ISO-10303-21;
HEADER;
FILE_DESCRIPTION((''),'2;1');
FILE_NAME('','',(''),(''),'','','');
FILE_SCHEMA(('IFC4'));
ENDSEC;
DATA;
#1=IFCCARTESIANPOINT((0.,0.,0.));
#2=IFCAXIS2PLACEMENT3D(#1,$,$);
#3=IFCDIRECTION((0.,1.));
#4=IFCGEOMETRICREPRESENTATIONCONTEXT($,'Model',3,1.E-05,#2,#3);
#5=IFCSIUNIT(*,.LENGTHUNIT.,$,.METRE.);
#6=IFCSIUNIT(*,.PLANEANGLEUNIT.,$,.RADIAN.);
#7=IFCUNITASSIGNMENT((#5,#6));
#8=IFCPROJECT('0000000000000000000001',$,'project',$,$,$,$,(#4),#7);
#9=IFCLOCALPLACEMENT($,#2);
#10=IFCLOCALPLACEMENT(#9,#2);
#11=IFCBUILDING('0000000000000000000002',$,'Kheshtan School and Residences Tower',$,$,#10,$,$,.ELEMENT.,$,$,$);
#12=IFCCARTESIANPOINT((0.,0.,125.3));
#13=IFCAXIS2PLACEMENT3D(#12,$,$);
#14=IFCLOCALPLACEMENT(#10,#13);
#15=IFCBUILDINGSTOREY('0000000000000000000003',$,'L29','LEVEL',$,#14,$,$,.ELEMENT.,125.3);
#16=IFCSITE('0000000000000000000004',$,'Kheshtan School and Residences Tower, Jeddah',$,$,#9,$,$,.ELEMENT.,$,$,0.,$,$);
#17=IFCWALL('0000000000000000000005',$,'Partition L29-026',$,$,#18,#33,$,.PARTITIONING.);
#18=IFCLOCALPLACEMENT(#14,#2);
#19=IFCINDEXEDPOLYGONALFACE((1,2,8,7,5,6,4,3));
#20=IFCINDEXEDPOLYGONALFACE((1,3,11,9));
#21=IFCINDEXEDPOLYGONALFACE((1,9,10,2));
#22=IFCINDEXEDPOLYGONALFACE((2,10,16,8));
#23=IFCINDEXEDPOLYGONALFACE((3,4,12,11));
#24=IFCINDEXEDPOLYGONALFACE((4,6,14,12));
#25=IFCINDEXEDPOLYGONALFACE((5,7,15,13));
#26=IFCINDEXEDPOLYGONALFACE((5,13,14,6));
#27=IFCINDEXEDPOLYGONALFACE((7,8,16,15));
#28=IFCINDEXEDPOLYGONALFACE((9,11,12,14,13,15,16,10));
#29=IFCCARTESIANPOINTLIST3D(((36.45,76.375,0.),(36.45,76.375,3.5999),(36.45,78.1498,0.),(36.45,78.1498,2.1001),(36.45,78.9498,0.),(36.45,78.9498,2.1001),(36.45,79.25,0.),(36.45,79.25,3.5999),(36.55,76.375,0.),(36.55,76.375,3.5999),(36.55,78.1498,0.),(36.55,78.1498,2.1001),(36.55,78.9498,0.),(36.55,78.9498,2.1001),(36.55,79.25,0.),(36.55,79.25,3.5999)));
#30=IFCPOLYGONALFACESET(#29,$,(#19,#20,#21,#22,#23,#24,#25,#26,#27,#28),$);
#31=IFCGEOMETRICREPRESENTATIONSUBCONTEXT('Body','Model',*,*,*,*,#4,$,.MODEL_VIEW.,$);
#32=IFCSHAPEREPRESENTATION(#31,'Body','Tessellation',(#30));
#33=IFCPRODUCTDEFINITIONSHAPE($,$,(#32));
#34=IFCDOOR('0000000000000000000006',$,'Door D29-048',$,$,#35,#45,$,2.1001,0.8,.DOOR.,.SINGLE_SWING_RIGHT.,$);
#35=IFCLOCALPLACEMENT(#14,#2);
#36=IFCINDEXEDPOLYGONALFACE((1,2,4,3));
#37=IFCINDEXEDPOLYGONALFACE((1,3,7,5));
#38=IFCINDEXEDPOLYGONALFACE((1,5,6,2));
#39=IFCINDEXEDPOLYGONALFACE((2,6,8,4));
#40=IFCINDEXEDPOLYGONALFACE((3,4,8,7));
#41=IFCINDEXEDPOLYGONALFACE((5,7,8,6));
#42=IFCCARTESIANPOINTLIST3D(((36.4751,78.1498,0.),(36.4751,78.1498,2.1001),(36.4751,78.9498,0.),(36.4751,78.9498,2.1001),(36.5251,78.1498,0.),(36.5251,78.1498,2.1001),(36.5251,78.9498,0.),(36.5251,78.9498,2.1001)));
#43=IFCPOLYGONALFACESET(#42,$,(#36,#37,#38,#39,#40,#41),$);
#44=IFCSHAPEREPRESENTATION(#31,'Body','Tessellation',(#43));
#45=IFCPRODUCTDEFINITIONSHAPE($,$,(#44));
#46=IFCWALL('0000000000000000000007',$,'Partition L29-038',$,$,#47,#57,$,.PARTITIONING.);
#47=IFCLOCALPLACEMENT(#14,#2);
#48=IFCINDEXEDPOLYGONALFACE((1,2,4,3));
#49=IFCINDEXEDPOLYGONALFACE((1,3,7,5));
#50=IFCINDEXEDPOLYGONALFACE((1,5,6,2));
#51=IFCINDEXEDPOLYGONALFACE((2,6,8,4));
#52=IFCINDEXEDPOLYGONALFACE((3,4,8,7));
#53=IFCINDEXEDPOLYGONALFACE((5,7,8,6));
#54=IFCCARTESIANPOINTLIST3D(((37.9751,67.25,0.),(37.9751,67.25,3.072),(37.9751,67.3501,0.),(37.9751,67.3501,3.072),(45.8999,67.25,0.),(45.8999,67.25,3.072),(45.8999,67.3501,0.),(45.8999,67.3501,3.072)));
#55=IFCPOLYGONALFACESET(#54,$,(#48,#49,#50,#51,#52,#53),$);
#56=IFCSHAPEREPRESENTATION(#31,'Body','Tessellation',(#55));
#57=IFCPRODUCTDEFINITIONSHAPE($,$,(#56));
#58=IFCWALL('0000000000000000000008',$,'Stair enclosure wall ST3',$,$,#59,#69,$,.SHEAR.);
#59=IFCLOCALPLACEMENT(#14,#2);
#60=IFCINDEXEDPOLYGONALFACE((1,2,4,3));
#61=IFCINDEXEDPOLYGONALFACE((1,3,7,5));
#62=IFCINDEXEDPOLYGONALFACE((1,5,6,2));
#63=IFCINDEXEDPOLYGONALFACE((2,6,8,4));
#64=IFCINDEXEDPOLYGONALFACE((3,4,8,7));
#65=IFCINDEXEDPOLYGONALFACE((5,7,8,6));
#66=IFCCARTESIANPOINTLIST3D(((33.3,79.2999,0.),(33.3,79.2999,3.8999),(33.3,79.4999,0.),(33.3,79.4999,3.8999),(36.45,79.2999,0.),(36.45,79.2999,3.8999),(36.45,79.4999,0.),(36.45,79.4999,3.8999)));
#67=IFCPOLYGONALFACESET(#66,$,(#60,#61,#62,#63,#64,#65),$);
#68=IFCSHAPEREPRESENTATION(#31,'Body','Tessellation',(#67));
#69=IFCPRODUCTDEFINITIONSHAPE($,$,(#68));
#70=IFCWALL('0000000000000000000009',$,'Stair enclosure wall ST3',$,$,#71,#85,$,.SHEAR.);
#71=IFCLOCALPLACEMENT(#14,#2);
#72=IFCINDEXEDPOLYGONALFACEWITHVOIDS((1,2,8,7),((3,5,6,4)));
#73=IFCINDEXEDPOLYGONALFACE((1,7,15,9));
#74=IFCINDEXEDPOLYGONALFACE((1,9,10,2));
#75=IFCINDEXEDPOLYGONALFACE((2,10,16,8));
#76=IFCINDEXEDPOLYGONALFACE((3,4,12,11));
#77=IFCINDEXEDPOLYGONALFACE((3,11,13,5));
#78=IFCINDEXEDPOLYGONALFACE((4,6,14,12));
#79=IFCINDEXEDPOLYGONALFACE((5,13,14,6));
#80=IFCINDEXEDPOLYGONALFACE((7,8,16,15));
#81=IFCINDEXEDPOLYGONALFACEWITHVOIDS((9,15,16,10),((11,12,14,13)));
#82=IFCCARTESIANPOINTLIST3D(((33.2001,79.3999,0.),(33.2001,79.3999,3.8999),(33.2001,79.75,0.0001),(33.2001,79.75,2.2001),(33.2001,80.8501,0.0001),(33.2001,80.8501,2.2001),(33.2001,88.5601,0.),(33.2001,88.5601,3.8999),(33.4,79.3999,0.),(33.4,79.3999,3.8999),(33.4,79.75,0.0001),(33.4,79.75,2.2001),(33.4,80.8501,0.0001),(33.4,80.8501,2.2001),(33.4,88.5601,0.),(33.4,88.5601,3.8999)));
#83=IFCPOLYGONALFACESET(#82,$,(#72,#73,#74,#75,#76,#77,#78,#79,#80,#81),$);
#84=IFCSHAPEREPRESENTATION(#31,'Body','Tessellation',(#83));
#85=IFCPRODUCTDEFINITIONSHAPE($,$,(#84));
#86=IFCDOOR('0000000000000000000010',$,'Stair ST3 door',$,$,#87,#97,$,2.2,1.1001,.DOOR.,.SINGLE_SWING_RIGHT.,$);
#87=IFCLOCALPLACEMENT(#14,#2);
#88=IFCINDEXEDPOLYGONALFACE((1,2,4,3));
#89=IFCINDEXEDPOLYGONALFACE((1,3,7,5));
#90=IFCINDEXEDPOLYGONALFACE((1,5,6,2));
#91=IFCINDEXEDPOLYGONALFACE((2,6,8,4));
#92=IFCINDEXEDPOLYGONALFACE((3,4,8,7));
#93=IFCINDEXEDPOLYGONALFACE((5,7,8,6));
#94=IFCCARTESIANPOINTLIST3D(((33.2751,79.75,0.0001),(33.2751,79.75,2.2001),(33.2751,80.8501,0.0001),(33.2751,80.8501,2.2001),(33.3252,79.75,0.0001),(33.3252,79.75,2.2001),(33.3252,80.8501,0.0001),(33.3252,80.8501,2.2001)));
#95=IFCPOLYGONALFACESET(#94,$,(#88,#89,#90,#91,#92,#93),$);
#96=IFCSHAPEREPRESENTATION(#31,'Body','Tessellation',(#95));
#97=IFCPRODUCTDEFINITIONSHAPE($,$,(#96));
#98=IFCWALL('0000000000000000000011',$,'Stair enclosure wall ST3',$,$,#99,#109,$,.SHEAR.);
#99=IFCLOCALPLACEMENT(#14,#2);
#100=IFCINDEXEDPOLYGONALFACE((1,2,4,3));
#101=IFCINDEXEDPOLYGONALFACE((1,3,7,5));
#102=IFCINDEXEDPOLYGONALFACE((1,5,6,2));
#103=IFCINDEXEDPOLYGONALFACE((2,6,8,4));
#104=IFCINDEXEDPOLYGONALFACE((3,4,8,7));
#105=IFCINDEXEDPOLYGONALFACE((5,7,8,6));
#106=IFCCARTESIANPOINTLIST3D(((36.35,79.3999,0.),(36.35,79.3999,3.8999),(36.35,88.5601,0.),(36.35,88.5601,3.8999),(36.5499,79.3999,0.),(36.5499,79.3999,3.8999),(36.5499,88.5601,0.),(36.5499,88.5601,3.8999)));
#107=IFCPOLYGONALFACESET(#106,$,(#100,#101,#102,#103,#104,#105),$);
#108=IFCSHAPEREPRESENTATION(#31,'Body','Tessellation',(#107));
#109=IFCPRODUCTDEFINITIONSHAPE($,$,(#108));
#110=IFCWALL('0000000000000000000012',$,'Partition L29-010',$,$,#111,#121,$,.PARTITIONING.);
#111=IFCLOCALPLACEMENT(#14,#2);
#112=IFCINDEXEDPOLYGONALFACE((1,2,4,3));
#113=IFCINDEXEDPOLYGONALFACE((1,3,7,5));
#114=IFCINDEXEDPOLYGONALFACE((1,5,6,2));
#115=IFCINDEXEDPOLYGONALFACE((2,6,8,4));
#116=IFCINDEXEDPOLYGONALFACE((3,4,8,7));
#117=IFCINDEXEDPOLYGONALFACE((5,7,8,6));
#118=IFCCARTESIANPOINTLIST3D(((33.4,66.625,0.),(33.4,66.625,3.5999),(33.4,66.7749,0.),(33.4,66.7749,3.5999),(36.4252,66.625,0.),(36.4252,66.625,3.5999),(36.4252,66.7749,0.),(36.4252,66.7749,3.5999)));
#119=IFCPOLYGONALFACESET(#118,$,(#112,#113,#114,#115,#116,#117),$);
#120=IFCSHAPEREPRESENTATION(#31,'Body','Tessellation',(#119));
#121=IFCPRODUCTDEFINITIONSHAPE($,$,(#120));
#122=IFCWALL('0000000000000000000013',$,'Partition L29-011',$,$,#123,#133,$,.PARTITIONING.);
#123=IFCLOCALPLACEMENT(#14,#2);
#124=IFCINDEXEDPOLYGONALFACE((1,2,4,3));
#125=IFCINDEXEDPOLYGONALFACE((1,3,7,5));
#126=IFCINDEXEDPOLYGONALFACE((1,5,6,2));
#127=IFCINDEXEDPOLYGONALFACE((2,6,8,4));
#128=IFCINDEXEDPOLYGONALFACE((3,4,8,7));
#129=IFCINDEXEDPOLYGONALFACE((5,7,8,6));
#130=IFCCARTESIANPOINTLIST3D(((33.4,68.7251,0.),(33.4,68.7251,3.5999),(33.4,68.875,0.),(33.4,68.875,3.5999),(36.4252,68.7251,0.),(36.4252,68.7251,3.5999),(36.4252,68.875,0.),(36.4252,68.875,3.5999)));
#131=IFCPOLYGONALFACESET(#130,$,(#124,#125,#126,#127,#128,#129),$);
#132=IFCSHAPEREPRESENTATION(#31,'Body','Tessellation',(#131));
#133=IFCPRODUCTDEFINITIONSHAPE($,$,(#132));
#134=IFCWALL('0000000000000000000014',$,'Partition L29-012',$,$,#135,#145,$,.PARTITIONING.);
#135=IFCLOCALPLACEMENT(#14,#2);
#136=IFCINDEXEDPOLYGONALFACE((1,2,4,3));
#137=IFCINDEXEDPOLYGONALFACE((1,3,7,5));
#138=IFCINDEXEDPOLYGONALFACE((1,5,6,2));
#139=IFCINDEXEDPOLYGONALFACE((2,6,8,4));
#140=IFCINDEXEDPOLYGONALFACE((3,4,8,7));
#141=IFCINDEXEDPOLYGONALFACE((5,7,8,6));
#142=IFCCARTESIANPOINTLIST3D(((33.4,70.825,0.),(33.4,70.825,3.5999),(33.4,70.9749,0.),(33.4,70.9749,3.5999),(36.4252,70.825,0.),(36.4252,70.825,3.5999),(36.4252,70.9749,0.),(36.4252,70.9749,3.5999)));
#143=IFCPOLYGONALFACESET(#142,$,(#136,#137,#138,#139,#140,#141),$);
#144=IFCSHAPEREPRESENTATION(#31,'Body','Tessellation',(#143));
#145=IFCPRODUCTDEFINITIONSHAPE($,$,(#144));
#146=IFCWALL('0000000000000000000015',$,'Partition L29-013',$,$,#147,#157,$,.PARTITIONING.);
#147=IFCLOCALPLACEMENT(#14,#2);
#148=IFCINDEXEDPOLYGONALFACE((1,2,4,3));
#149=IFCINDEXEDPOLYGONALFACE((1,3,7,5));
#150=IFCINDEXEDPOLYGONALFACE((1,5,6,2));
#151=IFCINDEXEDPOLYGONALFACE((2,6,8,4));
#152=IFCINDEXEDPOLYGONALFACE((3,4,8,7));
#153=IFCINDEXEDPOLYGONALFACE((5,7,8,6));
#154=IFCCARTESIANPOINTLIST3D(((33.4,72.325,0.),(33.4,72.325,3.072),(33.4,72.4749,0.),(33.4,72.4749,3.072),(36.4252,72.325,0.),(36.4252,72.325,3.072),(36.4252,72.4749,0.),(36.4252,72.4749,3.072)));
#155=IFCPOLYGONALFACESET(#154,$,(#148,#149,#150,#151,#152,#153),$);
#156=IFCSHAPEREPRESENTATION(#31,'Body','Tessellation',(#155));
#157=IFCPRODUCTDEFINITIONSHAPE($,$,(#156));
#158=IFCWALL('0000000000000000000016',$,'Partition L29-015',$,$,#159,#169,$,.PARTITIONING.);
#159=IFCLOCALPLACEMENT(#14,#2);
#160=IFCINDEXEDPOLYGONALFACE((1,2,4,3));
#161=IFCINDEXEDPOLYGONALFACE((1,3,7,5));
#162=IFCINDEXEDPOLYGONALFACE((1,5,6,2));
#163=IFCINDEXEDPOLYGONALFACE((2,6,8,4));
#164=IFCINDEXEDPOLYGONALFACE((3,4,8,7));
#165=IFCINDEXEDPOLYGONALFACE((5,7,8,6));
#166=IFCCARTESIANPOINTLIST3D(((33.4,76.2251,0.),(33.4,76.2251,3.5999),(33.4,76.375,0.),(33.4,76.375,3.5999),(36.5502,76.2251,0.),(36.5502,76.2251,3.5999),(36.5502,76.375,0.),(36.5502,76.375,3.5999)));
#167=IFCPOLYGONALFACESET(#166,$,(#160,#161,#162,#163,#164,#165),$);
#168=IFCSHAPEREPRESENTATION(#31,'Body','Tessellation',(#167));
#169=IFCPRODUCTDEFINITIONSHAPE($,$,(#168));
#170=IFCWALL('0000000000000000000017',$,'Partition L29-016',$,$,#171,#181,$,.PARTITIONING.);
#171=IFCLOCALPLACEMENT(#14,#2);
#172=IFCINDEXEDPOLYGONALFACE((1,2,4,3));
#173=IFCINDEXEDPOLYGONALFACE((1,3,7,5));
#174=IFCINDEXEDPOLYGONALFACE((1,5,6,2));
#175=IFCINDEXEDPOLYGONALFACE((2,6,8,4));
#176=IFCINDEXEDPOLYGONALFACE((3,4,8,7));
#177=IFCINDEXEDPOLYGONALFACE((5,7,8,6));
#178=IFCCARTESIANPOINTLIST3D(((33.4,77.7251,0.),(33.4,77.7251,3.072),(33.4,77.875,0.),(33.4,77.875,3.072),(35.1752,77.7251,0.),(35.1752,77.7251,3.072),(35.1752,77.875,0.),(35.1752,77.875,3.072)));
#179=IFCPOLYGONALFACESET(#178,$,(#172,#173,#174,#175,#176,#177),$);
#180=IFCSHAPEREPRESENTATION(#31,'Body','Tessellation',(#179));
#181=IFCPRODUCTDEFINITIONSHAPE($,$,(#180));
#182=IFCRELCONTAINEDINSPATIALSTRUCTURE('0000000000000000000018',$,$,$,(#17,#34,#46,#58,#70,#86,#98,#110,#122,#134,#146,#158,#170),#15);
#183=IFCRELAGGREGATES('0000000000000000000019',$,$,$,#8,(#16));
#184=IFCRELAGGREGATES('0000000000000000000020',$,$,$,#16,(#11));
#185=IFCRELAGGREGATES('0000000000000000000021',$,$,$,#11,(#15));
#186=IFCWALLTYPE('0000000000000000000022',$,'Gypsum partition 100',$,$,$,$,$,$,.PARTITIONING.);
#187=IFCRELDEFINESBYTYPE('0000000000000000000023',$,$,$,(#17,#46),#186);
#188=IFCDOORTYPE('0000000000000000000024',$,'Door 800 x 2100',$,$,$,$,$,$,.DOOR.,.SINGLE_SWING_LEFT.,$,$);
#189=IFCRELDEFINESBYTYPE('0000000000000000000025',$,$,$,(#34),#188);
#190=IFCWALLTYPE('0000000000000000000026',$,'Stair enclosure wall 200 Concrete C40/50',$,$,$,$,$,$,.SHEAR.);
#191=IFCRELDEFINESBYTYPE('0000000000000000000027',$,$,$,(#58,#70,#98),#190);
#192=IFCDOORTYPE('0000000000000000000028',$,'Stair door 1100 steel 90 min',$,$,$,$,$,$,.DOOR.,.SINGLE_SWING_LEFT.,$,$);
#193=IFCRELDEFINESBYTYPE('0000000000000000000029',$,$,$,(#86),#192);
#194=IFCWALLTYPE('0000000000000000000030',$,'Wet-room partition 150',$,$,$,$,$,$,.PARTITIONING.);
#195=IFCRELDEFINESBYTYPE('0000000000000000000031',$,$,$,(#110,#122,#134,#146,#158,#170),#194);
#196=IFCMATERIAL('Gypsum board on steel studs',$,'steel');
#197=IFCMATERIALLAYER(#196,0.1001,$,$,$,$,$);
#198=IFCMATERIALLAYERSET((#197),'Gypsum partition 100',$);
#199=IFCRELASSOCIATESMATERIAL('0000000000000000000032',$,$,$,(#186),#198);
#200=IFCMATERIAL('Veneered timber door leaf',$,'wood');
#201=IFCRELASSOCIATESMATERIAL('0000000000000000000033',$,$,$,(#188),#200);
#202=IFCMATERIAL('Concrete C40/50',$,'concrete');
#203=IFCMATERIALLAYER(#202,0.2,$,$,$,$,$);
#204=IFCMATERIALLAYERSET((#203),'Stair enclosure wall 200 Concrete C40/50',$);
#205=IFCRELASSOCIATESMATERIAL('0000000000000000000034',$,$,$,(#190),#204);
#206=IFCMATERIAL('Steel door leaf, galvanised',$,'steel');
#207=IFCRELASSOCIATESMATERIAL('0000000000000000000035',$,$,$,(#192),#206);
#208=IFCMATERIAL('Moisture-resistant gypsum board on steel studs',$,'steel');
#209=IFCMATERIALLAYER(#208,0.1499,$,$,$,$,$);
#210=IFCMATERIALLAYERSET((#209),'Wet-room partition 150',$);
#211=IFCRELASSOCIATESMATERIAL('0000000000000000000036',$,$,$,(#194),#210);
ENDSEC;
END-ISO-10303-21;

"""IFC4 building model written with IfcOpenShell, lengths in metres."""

from ifc_helpers import new_model, si_unit, direction, frame, frame_2d, origin, place, context, subcontext, project, spatial, rectangle, extrude, source, transform, mapped, material, layer, layer_set, type_object, element, fill, save


model = new_model("IFC4")

# Units and contexts
model_context = context("Model", 3, precision=1e-05, world=origin(), true_north=direction((0.0, 1.0)))
body_context = subcontext(model_context, "Body", "Model", "MODEL_VIEW")
ifc_project = project(units=[si_unit("LENGTHUNIT", "METRE"), si_unit("PLANEANGLEUNIT", "RADIAN")], contexts=[model_context])

# Site, building, storey
site_placement = place(None, origin())
site = spatial("IfcSite", under=ifc_project, at=site_placement, Name="Kheshtan School and Residences Tower, Jeddah", CompositionType="ELEMENT", RefElevation=0.0)
building_placement = place(site_placement, origin())
building = spatial("IfcBuilding", under=site, at=building_placement, Name="Kheshtan School and Residences Tower", CompositionType="ELEMENT")
storey_placement = place(building_placement, frame((0.0, 0.0, 125.3)))
storey = spatial("IfcBuildingStorey", under=building, at=storey_placement, Name="L29", Description="LEVEL", CompositionType="ELEMENT", Elevation=125.3)

# Shared definitions
ifc_material_1 = material(Name="Gypsum board on steel studs", Category="steel")
ifc_layer_1 = layer(ifc_material_1, 0.1001)
ifc_layer_set_1 = layer_set([ifc_layer_1], Name="Gypsum partition 100")
wall_type_1 = type_object("IfcWallType", Name="Gypsum partition 100", PredefinedType="PARTITIONING", material=ifc_layer_set_1)

# Wall, opening, door
ifc_material_2 = material(Name="Veneered timber door leaf", Category="wood")
wall_1_placement = place(storey_placement, frame((36.5, 76.375, 0.0), z_axis=(0.0, 0.0, 1.0), x_axis=(0.0, 1.0, 0.0)))
wall_1 = element("IfcWall", 1, at=wall_1_placement, inside=storey, type_object=wall_type_1, Name="Partition L29-026", PredefinedType="PARTITIONING", context=body_context, shape_type="SweptSolid", body=[
    extrude(rectangle(XDim=2.875, YDim=0.1001, at=frame_2d((1.4375, 0.0))), origin(), (0.0, 0.0, 1.0), 3.5999),
])
opening_1_placement = place(wall_1_placement, frame((1.7749, 0.0, 0.0)))
opening_1 = element("IfcOpeningElement", 2, at=opening_1_placement, cuts=wall_1, PredefinedType="OPENING", context=body_context, shape_type="SweptSolid", body=[
    extrude(rectangle(XDim=0.8, YDim=2.1001, at=frame_2d((0.3999, 1.05))), frame((0.0, 0.0601, 0.0), z_axis=(0.0, -1.0, 0.0), x_axis=(1.0, 0.0, 0.0)), (0.0, 0.0, 1.0), 0.1201),
])
door_type_1 = type_object("IfcDoorType", Name="Door 800 x 2100", OperationType="SINGLE_SWING_LEFT", PredefinedType="DOOR", material=ifc_material_2)
shared_shape_1 = source(origin(), body_context, "Body", "SweptSolid", [
    extrude(rectangle(XDim=0.8, YDim=2.1001, at=frame_2d((0.3999, 1.05))), frame((0.0, 0.0249, 0.0), z_axis=(0.0, -1.0, 0.0), x_axis=(1.0, 0.0, 0.0)), (0.0, 0.0, 1.0), 0.05),
])
door_1_placement = place(opening_1_placement, origin())
door_1 = element("IfcDoor", 3, at=door_1_placement, inside=storey, type_object=door_type_1, Name="Door D29-048", OperationType="SINGLE_SWING_RIGHT", OverallHeight=2.1001, OverallWidth=0.8, PredefinedType="DOOR", context=body_context, shape_type="MappedRepresentation", body=[
    mapped(shared_shape_1, transform((0.0, 0.0, 0.0), x_axis=(1.0, 0.0, 0.0), y_axis=(0.0, 1.0, 0.0), z_axis=(0.0, 0.0, 1.0), scale=1.0)),
])
fill(opening_1, door_1)

# Walls
wall_2_placement = place(storey_placement, frame((37.9751, 67.3, 0.0), z_axis=(0.0, 0.0, 1.0), x_axis=(1.0, 0.0, 0.0)))
element("IfcWall", 4, at=wall_2_placement, inside=storey, type_object=wall_type_1, Name="Partition L29-038", PredefinedType="PARTITIONING", context=body_context, shape_type="SweptSolid", body=[
    extrude(rectangle(XDim=7.9248, YDim=0.1001, at=frame_2d((3.9624, 0.0))), origin(), (0.0, 0.0, 1.0), 3.072),
])
ifc_material_3 = material(Name="Concrete C40/50", Category="concrete")
ifc_layer_2 = layer(ifc_material_3, 0.2)
ifc_layer_set_2 = layer_set([ifc_layer_2], Name="Stair enclosure wall 200 Concrete C40/50")
wall_type_2 = type_object("IfcWallType", Name="Stair enclosure wall 200 Concrete C40/50", PredefinedType="SHEAR", material=ifc_layer_set_2)
wall_3_placement = place(storey_placement, frame((33.3, 79.3999, 0.0), z_axis=(0.0, 0.0, 1.0), x_axis=(1.0, 0.0, 0.0)))
element("IfcWall", 5, at=wall_3_placement, inside=storey, type_object=wall_type_2, Name="Stair enclosure wall ST3", PredefinedType="SHEAR", context=body_context, shape_type="SweptSolid", body=[
    extrude(rectangle(XDim=3.1499, YDim=0.2, at=frame_2d((1.575, 0.0))), origin(), (0.0, 0.0, 1.0), 3.8999),
])

# Wall, opening, door
wall_4_placement = place(storey_placement, frame((33.3, 79.3999, 0.0), z_axis=(0.0, 0.0, 1.0), x_axis=(0.0, 1.0, 0.0)))
wall_4 = element("IfcWall", 6, at=wall_4_placement, inside=storey, type_object=wall_type_2, Name="Stair enclosure wall ST3", PredefinedType="SHEAR", context=body_context, shape_type="SweptSolid", body=[
    extrude(rectangle(XDim=9.1602, YDim=0.2, at=frame_2d((4.5801, 0.0))), origin(), (0.0, 0.0, 1.0), 3.8999),
])
opening_2_placement = place(wall_4_placement, frame((0.3501, 0.0, 0.0)))
opening_2 = element("IfcOpeningElement", 7, at=opening_2_placement, cuts=wall_4, PredefinedType="OPENING", context=body_context, shape_type="SweptSolid", body=[
    extrude(rectangle(XDim=1.1001, YDim=2.2, at=frame_2d((0.55, 1.1001))), frame((0.0, 0.1099, 0.0), z_axis=(0.0, -1.0, 0.0), x_axis=(1.0, 0.0, 0.0)), (0.0, 0.0, 1.0), 0.22),
])
ifc_material_4 = material(Name="Steel door leaf, galvanised", Category="steel")
door_type_2 = type_object("IfcDoorType", Name="Stair door 1100 steel 90 min", OperationType="SINGLE_SWING_LEFT", PredefinedType="DOOR", material=ifc_material_4)
shared_shape_2 = source(origin(), body_context, "Body", "SweptSolid", [
    extrude(rectangle(XDim=1.1001, YDim=2.2, at=frame_2d((0.55, 1.1001))), frame((0.0, 0.0249, 0.0), z_axis=(0.0, -1.0, 0.0), x_axis=(1.0, 0.0, 0.0)), (0.0, 0.0, 1.0), 0.05),
])
door_2_placement = place(opening_2_placement, origin())
door_2 = element("IfcDoor", 8, at=door_2_placement, inside=storey, type_object=door_type_2, Name="Stair ST3 door", OperationType="SINGLE_SWING_RIGHT", OverallHeight=2.2, OverallWidth=1.1001, PredefinedType="DOOR", context=body_context, shape_type="MappedRepresentation", body=[
    mapped(shared_shape_2, transform((0.0, 0.0, 0.0), x_axis=(1.0, 0.0, 0.0), y_axis=(0.0, 1.0, 0.0), z_axis=(0.0, 0.0, 1.0), scale=1.0)),
])
fill(opening_2, door_2)

# Walls
wall_5_placement = place(storey_placement, frame((36.45, 79.3999, 0.0), z_axis=(0.0, 0.0, 1.0), x_axis=(0.0, 1.0, 0.0)))
element("IfcWall", 9, at=wall_5_placement, inside=storey, type_object=wall_type_2, Name="Stair enclosure wall ST3", PredefinedType="SHEAR", context=body_context, shape_type="SweptSolid", body=[
    extrude(rectangle(XDim=9.1602, YDim=0.2, at=frame_2d((4.5801, 0.0))), origin(), (0.0, 0.0, 1.0), 3.8999),
])
ifc_material_5 = material(Name="Moisture-resistant gypsum board on steel studs", Category="steel")
ifc_layer_3 = layer(ifc_material_5, 0.1499)
ifc_layer_set_3 = layer_set([ifc_layer_3], Name="Wet-room partition 150")
wall_type_3 = type_object("IfcWallType", Name="Wet-room partition 150", PredefinedType="PARTITIONING", material=ifc_layer_set_3)
for number, where, z_axis, x_axis, name in (
    (10, (33.3999, 66.7, 0.0), (0.0, 0.0, 1.0), (1.0, 0.0, 0.0), "Partition L29-010"),
    (11, (33.3999, 68.8, 0.0), (0.0, 0.0, 1.0), (1.0, 0.0, 0.0), "Partition L29-011"),
    (12, (33.3999, 70.8999, 0.0), (0.0, 0.0, 1.0), (1.0, 0.0, 0.0), "Partition L29-012"),
):
    element("IfcWall", number, at=place(storey_placement, frame(where, z_axis=z_axis, x_axis=x_axis)), inside=storey, type_object=wall_type_3, Name=name, PredefinedType="PARTITIONING", context=body_context, shape_type="SweptSolid", body=[
        extrude(rectangle(XDim=3.0251, YDim=0.1499, at=frame_2d((1.5127, 0.0))), origin(), (0.0, 0.0, 1.0), 3.5999),
    ])
wall_6_placement = place(storey_placement, frame((33.3999, 72.3999, 0.0), z_axis=(0.0, 0.0, 1.0), x_axis=(1.0, 0.0, 0.0)))
element("IfcWall", 13, at=wall_6_placement, inside=storey, type_object=wall_type_3, Name="Partition L29-013", PredefinedType="PARTITIONING", context=body_context, shape_type="SweptSolid", body=[
    extrude(rectangle(XDim=3.0251, YDim=0.1499, at=frame_2d((1.5127, 0.0))), origin(), (0.0, 0.0, 1.0), 3.072),
])
wall_7_placement = place(storey_placement, frame((33.3999, 76.3, 0.0), z_axis=(0.0, 0.0, 1.0), x_axis=(1.0, 0.0, 0.0)))
element("IfcWall", 14, at=wall_7_placement, inside=storey, type_object=wall_type_3, Name="Partition L29-015", PredefinedType="PARTITIONING", context=body_context, shape_type="SweptSolid", body=[
    extrude(rectangle(XDim=3.1501, YDim=0.1499, at=frame_2d((1.5752, 0.0))), origin(), (0.0, 0.0, 1.0), 3.5999),
])
wall_8_placement = place(storey_placement, frame((33.3999, 77.8, 0.0), z_axis=(0.0, 0.0, 1.0), x_axis=(1.0, 0.0, 0.0)))
element("IfcWall", 15, at=wall_8_placement, inside=storey, type_object=wall_type_3, Name="Partition L29-016", PredefinedType="PARTITIONING", context=body_context, shape_type="SweptSolid", body=[
    extrude(rectangle(XDim=1.7751, YDim=0.1499, at=frame_2d((0.8877, 0.0))), origin(), (0.0, 0.0, 1.0), 3.072),
])

save(model, "model.ifc")
